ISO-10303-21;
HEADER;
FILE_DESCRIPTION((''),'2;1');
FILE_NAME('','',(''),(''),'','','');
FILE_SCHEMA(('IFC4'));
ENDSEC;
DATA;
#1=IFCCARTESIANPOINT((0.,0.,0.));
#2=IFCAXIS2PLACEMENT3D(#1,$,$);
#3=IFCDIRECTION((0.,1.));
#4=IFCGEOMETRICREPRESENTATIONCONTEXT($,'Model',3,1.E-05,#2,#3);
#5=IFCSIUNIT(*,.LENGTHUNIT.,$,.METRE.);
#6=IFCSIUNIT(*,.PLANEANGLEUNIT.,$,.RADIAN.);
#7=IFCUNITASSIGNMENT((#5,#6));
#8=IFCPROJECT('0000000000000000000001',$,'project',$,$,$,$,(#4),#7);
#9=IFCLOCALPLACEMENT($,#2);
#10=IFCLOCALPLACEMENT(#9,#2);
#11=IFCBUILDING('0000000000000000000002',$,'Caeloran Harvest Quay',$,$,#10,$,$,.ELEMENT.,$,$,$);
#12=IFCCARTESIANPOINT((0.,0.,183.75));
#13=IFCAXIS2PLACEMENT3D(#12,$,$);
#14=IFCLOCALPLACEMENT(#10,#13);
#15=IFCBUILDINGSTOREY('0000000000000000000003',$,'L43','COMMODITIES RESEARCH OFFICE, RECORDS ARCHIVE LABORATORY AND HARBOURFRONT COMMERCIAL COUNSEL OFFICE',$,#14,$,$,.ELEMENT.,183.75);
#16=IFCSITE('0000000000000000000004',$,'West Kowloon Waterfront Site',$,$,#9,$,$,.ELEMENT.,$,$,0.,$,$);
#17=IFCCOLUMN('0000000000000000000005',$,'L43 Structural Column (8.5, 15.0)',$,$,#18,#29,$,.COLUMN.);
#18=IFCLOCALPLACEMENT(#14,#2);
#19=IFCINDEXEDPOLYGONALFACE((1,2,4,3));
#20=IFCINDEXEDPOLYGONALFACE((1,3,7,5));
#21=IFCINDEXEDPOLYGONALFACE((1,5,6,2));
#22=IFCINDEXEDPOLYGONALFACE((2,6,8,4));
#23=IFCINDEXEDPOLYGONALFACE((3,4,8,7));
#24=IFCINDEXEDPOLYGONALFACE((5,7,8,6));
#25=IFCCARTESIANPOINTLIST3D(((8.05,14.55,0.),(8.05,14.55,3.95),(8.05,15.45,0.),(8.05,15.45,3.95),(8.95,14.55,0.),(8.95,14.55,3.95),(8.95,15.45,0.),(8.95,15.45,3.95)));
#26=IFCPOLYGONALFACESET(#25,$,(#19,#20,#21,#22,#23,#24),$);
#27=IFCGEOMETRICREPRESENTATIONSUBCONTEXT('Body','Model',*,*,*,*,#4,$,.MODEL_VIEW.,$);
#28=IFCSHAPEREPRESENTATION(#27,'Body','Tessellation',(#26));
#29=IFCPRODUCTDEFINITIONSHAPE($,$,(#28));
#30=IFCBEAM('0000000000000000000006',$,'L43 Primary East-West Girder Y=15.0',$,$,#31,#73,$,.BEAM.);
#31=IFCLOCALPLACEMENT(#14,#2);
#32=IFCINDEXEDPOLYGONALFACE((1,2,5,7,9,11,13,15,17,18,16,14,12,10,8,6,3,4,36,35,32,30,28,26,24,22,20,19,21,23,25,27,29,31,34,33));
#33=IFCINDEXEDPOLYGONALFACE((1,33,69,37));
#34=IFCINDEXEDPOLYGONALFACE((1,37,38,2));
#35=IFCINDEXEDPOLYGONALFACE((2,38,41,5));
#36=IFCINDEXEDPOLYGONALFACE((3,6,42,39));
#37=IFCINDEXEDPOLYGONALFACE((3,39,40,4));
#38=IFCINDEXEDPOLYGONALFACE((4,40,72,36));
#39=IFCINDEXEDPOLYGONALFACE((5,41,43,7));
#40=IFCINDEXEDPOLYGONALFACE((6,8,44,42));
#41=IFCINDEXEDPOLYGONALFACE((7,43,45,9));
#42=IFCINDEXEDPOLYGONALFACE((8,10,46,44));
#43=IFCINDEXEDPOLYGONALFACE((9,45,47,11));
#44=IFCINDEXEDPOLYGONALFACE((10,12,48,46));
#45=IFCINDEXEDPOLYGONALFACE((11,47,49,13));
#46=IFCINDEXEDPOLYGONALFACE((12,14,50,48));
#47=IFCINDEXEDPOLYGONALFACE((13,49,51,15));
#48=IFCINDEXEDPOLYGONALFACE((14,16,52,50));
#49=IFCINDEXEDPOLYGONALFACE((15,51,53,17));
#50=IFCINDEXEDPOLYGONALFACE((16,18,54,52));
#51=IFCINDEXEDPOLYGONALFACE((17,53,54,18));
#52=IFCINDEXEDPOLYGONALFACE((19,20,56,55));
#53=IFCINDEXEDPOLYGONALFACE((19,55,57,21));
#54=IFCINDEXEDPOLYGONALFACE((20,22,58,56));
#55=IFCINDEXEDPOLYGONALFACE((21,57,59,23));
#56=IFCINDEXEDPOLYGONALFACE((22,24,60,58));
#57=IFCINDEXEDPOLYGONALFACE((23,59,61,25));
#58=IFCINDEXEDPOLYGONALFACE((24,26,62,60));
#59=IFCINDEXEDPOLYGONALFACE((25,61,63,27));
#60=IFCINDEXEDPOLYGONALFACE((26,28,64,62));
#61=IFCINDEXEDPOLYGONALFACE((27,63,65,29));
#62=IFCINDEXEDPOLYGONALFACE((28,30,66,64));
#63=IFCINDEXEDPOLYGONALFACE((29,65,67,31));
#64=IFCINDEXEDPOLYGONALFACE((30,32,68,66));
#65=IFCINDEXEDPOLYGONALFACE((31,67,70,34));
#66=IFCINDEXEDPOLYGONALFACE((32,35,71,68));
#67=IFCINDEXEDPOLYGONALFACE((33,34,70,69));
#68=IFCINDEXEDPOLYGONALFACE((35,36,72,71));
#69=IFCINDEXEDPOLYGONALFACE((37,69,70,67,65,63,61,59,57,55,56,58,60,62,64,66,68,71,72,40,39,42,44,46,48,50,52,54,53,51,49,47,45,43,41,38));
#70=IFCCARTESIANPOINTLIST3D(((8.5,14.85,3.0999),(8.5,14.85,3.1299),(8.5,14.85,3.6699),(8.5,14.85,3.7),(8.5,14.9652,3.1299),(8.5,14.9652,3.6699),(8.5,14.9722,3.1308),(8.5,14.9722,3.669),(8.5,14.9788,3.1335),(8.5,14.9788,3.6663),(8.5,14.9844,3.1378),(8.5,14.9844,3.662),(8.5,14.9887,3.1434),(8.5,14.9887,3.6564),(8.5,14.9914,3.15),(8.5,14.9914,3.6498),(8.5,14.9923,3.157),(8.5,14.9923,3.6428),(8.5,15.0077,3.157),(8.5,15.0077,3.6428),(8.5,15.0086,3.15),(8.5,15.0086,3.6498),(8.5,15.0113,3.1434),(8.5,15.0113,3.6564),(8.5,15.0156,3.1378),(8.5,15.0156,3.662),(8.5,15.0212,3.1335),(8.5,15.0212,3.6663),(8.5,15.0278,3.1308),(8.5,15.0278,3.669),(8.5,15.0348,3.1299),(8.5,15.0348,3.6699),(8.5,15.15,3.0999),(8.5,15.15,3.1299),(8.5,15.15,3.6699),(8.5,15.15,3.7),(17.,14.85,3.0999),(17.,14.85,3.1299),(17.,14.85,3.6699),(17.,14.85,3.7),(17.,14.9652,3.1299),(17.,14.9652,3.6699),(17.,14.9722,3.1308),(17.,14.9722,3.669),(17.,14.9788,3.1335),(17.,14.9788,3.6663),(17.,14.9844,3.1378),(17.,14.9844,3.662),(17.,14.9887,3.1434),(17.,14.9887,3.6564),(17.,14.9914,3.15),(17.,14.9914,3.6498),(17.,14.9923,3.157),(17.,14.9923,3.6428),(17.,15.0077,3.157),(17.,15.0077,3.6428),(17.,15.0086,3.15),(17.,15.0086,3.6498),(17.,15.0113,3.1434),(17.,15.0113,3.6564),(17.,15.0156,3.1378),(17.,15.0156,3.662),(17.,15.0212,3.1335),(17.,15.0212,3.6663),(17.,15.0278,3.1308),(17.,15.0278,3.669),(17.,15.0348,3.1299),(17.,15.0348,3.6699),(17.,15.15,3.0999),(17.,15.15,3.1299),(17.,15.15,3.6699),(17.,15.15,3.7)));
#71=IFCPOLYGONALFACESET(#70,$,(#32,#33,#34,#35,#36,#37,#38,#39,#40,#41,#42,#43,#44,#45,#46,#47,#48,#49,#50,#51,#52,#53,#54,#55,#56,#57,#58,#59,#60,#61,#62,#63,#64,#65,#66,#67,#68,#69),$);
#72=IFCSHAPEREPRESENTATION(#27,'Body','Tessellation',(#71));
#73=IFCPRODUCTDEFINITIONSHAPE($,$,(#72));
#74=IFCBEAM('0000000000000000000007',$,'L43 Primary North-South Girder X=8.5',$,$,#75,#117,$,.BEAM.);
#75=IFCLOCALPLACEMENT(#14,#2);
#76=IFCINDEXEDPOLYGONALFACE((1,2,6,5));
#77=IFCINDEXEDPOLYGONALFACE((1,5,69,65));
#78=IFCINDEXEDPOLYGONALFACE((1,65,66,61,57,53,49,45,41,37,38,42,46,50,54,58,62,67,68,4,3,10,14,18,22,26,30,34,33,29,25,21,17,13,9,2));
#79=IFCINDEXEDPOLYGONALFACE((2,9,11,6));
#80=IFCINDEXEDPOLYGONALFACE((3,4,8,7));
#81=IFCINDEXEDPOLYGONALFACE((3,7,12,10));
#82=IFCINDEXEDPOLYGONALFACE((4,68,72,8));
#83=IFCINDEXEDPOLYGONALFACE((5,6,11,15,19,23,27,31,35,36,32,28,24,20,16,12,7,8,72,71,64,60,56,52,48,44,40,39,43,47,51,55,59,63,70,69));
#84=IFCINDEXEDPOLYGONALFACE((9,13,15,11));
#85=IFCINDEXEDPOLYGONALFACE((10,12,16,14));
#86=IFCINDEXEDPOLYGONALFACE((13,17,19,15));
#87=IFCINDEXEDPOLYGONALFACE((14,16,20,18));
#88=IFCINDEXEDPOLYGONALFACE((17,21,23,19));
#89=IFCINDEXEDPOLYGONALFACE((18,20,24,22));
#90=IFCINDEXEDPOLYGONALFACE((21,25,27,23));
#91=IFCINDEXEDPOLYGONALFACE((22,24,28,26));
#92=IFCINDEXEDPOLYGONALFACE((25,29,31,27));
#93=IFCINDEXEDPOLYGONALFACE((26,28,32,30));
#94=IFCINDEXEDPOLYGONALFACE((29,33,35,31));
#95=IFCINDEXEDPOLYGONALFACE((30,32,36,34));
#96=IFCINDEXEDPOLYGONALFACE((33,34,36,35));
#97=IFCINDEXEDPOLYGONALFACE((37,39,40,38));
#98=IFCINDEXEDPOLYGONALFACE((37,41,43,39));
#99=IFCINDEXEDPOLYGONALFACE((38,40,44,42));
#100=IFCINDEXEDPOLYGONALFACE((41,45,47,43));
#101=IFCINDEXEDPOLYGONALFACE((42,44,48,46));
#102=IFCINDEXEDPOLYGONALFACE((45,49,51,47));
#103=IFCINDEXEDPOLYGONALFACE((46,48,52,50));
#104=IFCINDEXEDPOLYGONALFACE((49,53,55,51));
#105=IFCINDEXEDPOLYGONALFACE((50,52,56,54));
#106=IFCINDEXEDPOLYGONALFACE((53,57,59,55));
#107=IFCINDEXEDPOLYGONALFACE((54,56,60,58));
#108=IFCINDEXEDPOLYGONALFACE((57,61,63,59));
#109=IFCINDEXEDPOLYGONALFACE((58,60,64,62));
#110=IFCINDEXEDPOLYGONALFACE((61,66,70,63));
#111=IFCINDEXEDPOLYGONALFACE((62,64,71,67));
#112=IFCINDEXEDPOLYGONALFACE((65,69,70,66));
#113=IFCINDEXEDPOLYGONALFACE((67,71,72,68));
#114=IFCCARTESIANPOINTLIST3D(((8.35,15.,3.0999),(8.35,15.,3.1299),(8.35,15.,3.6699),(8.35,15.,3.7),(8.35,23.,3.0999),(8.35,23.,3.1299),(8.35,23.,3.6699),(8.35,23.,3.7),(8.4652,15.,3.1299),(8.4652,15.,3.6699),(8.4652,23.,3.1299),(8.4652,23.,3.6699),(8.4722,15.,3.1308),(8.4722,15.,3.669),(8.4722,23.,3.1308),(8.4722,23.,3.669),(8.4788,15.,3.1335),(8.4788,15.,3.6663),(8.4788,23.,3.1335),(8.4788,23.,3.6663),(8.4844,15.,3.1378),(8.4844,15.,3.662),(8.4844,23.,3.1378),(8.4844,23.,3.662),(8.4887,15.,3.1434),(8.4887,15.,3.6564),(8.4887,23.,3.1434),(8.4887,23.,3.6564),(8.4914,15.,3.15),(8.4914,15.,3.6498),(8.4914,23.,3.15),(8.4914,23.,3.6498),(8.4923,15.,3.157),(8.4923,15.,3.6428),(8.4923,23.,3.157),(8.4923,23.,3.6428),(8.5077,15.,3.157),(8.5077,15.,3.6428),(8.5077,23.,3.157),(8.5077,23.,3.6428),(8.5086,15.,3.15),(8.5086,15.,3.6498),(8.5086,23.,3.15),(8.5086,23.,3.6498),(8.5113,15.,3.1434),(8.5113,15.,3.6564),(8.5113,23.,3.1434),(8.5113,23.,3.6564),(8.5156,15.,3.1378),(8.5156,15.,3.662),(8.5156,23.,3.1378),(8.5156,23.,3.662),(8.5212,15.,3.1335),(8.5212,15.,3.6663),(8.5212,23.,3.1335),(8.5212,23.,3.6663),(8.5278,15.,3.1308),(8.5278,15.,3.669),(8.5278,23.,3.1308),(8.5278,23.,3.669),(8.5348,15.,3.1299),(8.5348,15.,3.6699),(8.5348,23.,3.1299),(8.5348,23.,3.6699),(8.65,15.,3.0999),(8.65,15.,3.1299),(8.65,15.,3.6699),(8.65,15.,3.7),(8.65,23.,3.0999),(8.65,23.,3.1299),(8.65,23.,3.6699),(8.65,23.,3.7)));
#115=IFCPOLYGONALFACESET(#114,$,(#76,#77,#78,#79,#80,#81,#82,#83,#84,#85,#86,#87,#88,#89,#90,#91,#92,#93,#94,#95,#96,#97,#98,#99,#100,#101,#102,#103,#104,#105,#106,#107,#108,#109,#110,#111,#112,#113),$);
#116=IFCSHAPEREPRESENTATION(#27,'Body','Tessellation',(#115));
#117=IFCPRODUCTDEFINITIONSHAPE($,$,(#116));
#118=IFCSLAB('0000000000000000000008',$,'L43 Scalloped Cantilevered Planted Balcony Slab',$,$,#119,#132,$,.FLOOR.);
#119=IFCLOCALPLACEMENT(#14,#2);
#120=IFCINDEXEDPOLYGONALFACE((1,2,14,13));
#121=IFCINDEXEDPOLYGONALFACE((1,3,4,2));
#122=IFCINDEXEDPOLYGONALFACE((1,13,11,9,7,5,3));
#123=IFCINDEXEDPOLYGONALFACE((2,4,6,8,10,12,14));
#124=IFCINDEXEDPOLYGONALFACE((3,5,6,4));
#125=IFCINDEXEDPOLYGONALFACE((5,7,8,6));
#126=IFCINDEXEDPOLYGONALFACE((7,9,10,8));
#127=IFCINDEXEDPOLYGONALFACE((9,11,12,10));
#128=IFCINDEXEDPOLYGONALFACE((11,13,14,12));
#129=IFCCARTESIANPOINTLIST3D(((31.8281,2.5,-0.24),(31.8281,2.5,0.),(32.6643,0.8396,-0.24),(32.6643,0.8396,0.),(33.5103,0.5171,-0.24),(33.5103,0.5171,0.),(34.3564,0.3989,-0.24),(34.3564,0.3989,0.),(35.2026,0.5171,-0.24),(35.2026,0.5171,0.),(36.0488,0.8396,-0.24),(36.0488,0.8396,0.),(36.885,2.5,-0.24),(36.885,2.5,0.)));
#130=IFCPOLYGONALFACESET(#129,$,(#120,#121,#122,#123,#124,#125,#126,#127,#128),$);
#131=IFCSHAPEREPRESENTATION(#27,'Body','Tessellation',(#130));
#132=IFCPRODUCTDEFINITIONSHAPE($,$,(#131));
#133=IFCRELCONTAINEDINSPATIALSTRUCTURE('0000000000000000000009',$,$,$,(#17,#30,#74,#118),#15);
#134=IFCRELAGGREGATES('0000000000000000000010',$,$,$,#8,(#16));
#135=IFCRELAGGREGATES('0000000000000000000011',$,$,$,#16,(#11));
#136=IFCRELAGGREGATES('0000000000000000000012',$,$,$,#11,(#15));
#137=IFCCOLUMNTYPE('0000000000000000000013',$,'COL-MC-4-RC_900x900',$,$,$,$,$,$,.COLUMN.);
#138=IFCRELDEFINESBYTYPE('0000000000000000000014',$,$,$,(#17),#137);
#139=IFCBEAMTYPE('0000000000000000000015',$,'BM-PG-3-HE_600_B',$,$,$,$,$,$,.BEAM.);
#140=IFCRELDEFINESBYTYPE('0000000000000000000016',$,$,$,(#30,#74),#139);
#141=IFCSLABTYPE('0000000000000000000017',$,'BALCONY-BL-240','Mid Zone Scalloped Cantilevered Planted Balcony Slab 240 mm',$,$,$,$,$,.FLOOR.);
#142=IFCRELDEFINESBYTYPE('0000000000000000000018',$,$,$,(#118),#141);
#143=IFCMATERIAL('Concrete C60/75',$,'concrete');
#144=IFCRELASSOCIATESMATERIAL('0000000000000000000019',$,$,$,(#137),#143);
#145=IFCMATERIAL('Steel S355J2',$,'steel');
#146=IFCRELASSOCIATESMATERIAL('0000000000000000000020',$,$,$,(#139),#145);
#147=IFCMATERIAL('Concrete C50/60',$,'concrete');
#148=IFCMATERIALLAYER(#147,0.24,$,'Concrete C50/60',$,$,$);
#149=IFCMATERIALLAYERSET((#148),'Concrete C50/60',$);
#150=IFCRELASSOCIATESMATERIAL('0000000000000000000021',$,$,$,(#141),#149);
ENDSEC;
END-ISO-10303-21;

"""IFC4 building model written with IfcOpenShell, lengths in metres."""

from ifc_helpers import new_model, si_unit, direction, frame, origin, origin_2d, place, context, subcontext, project, spatial, polyline, rectangle, i_section, outline, extrude, material, layer, layer_set, material_profile, profile_set, type_object, element, save


model = new_model("IFC4")

# Units and contexts
model_context = context("Model", 3, precision=1e-05, world=origin(), true_north=direction((0.0, 1.0)))
body_context = subcontext(model_context, "Body", "Model", "MODEL_VIEW")
ifc_project = project(units=[si_unit("LENGTHUNIT", "METRE"), si_unit("PLANEANGLEUNIT", "RADIAN")], contexts=[model_context])

# Site, building, storey
site_placement = place(None, origin())
site = spatial("IfcSite", under=ifc_project, at=site_placement, Name="West Kowloon Waterfront Site", CompositionType="ELEMENT", RefElevation=0.0)
building_placement = place(site_placement, origin())
building = spatial("IfcBuilding", under=site, at=building_placement, Name="Caeloran Harvest Quay", CompositionType="ELEMENT")
storey_placement = place(building_placement, frame((0.0, 0.0, 183.75)))
storey = spatial("IfcBuildingStorey", under=building, at=storey_placement, Name="L43", Description="COMMODITIES RESEARCH OFFICE, RECORDS ARCHIVE LABORATORY AND HARBOURFRONT COMMERCIAL COUNSEL OFFICE", CompositionType="ELEMENT", Elevation=183.75)

# Column
ifc_material_1 = material(Name="Concrete C60/75", Category="concrete")
ifc_material_profile_1 = material_profile(ifc_material_1, rectangle(XDim=0.8999, YDim=0.8999, at=origin_2d()), Name="RC 900x900")
ifc_profile_set_1 = profile_set([ifc_material_profile_1], Name="Concrete C60/75")
column_type = type_object("IfcColumnType", Name="COL-MC-4-RC_900x900", PredefinedType="COLUMN", material=ifc_profile_set_1)
column_placement = place(storey_placement, frame((8.5, 15.0, 0.0), z_axis=(0.0, 0.0, 1.0), x_axis=(1.0, 0.0, 0.0)))
element("IfcColumn", 1, at=column_placement, inside=storey, type_object=column_type, Name="L43 Structural Column (8.5, 15.0)", PredefinedType="COLUMN", context=body_context, shape_type="SweptSolid", body=[
    extrude(rectangle(XDim=0.8999, YDim=0.8999, at=origin_2d()), origin(), (0.0, 0.0, 1.0), 3.95),
])

# Beams
ifc_material_2 = material(Name="Steel S355J2", Category="steel")
ifc_material_profile_2 = material_profile(ifc_material_2, i_section(OverallWidth=0.3, OverallDepth=0.6001, WebThickness=0.0154, FlangeThickness=0.03, FilletRadius=0.0271, at=origin_2d()), Name="HE 600 B")
ifc_profile_set_2 = profile_set([ifc_material_profile_2], Name="Steel S355J2")
beam_type = type_object("IfcBeamType", Name="BM-PG-3-HE_600_B", PredefinedType="BEAM", material=ifc_profile_set_2)
beam_1_placement = place(storey_placement, frame((8.5, 15.0, 3.3999), z_axis=(1.0, 0.0, 0.0), x_axis=(0.0, 1.0, 0.0)))
element("IfcBeam", 2, at=beam_1_placement, inside=storey, type_object=beam_type, Name="L43 Primary East-West Girder Y=15.0", PredefinedType="BEAM", context=body_context, shape_type="SweptSolid", body=[
    extrude(i_section(OverallWidth=0.3, OverallDepth=0.6001, WebThickness=0.0154, FlangeThickness=0.03, FilletRadius=0.0271, at=origin_2d()), origin(), (0.0, 0.0, 1.0), 8.5),
])
beam_2_placement = place(storey_placement, frame((8.5, 15.0, 3.3999), z_axis=(0.0, 1.0, 0.0), x_axis=(-1.0, 0.0, 0.0)))
element("IfcBeam", 3, at=beam_2_placement, inside=storey, type_object=beam_type, Name="L43 Primary North-South Girder X=8.5", PredefinedType="BEAM", context=body_context, shape_type="SweptSolid", body=[
    extrude(i_section(OverallWidth=0.3, OverallDepth=0.6001, WebThickness=0.0154, FlangeThickness=0.03, FilletRadius=0.0271, at=origin_2d()), origin(), (0.0, 0.0, 1.0), 8.0),
])

# Slab
ifc_material_3 = material(Name="Concrete C50/60", Category="concrete")
ifc_layer_1 = layer(ifc_material_3, 0.24, Name="Concrete C50/60")
ifc_layer_set_1 = layer_set([ifc_layer_1], Name="Concrete C50/60")
slab_type_1 = type_object("IfcSlabType", Name="BALCONY-BL-240", Description="Mid Zone Scalloped Cantilevered Planted Balcony Slab 240 mm", PredefinedType="FLOOR", material=ifc_layer_set_1)
slab_1_placement = place(storey_placement, frame((0.0, 0.0, -0.24)))
element("IfcSlab", 4, at=slab_1_placement, inside=storey, type_object=slab_type_1, Name="L43 Scalloped Cantilevered Planted Balcony Slab", PredefinedType="FLOOR", context=body_context, shape_type="SweptSolid", body=[
    extrude(outline(polyline([(36.0488, 0.8396), (35.2026, 0.5171), (34.3564, 0.3989), (33.5103, 0.5171), (32.6643, 0.8396), (31.8281, 2.5), (36.885, 2.5), (36.0488, 0.8396)])), origin(), (0.0, 0.0, 1.0), 0.24),
])

save(model, "model.ifc")
